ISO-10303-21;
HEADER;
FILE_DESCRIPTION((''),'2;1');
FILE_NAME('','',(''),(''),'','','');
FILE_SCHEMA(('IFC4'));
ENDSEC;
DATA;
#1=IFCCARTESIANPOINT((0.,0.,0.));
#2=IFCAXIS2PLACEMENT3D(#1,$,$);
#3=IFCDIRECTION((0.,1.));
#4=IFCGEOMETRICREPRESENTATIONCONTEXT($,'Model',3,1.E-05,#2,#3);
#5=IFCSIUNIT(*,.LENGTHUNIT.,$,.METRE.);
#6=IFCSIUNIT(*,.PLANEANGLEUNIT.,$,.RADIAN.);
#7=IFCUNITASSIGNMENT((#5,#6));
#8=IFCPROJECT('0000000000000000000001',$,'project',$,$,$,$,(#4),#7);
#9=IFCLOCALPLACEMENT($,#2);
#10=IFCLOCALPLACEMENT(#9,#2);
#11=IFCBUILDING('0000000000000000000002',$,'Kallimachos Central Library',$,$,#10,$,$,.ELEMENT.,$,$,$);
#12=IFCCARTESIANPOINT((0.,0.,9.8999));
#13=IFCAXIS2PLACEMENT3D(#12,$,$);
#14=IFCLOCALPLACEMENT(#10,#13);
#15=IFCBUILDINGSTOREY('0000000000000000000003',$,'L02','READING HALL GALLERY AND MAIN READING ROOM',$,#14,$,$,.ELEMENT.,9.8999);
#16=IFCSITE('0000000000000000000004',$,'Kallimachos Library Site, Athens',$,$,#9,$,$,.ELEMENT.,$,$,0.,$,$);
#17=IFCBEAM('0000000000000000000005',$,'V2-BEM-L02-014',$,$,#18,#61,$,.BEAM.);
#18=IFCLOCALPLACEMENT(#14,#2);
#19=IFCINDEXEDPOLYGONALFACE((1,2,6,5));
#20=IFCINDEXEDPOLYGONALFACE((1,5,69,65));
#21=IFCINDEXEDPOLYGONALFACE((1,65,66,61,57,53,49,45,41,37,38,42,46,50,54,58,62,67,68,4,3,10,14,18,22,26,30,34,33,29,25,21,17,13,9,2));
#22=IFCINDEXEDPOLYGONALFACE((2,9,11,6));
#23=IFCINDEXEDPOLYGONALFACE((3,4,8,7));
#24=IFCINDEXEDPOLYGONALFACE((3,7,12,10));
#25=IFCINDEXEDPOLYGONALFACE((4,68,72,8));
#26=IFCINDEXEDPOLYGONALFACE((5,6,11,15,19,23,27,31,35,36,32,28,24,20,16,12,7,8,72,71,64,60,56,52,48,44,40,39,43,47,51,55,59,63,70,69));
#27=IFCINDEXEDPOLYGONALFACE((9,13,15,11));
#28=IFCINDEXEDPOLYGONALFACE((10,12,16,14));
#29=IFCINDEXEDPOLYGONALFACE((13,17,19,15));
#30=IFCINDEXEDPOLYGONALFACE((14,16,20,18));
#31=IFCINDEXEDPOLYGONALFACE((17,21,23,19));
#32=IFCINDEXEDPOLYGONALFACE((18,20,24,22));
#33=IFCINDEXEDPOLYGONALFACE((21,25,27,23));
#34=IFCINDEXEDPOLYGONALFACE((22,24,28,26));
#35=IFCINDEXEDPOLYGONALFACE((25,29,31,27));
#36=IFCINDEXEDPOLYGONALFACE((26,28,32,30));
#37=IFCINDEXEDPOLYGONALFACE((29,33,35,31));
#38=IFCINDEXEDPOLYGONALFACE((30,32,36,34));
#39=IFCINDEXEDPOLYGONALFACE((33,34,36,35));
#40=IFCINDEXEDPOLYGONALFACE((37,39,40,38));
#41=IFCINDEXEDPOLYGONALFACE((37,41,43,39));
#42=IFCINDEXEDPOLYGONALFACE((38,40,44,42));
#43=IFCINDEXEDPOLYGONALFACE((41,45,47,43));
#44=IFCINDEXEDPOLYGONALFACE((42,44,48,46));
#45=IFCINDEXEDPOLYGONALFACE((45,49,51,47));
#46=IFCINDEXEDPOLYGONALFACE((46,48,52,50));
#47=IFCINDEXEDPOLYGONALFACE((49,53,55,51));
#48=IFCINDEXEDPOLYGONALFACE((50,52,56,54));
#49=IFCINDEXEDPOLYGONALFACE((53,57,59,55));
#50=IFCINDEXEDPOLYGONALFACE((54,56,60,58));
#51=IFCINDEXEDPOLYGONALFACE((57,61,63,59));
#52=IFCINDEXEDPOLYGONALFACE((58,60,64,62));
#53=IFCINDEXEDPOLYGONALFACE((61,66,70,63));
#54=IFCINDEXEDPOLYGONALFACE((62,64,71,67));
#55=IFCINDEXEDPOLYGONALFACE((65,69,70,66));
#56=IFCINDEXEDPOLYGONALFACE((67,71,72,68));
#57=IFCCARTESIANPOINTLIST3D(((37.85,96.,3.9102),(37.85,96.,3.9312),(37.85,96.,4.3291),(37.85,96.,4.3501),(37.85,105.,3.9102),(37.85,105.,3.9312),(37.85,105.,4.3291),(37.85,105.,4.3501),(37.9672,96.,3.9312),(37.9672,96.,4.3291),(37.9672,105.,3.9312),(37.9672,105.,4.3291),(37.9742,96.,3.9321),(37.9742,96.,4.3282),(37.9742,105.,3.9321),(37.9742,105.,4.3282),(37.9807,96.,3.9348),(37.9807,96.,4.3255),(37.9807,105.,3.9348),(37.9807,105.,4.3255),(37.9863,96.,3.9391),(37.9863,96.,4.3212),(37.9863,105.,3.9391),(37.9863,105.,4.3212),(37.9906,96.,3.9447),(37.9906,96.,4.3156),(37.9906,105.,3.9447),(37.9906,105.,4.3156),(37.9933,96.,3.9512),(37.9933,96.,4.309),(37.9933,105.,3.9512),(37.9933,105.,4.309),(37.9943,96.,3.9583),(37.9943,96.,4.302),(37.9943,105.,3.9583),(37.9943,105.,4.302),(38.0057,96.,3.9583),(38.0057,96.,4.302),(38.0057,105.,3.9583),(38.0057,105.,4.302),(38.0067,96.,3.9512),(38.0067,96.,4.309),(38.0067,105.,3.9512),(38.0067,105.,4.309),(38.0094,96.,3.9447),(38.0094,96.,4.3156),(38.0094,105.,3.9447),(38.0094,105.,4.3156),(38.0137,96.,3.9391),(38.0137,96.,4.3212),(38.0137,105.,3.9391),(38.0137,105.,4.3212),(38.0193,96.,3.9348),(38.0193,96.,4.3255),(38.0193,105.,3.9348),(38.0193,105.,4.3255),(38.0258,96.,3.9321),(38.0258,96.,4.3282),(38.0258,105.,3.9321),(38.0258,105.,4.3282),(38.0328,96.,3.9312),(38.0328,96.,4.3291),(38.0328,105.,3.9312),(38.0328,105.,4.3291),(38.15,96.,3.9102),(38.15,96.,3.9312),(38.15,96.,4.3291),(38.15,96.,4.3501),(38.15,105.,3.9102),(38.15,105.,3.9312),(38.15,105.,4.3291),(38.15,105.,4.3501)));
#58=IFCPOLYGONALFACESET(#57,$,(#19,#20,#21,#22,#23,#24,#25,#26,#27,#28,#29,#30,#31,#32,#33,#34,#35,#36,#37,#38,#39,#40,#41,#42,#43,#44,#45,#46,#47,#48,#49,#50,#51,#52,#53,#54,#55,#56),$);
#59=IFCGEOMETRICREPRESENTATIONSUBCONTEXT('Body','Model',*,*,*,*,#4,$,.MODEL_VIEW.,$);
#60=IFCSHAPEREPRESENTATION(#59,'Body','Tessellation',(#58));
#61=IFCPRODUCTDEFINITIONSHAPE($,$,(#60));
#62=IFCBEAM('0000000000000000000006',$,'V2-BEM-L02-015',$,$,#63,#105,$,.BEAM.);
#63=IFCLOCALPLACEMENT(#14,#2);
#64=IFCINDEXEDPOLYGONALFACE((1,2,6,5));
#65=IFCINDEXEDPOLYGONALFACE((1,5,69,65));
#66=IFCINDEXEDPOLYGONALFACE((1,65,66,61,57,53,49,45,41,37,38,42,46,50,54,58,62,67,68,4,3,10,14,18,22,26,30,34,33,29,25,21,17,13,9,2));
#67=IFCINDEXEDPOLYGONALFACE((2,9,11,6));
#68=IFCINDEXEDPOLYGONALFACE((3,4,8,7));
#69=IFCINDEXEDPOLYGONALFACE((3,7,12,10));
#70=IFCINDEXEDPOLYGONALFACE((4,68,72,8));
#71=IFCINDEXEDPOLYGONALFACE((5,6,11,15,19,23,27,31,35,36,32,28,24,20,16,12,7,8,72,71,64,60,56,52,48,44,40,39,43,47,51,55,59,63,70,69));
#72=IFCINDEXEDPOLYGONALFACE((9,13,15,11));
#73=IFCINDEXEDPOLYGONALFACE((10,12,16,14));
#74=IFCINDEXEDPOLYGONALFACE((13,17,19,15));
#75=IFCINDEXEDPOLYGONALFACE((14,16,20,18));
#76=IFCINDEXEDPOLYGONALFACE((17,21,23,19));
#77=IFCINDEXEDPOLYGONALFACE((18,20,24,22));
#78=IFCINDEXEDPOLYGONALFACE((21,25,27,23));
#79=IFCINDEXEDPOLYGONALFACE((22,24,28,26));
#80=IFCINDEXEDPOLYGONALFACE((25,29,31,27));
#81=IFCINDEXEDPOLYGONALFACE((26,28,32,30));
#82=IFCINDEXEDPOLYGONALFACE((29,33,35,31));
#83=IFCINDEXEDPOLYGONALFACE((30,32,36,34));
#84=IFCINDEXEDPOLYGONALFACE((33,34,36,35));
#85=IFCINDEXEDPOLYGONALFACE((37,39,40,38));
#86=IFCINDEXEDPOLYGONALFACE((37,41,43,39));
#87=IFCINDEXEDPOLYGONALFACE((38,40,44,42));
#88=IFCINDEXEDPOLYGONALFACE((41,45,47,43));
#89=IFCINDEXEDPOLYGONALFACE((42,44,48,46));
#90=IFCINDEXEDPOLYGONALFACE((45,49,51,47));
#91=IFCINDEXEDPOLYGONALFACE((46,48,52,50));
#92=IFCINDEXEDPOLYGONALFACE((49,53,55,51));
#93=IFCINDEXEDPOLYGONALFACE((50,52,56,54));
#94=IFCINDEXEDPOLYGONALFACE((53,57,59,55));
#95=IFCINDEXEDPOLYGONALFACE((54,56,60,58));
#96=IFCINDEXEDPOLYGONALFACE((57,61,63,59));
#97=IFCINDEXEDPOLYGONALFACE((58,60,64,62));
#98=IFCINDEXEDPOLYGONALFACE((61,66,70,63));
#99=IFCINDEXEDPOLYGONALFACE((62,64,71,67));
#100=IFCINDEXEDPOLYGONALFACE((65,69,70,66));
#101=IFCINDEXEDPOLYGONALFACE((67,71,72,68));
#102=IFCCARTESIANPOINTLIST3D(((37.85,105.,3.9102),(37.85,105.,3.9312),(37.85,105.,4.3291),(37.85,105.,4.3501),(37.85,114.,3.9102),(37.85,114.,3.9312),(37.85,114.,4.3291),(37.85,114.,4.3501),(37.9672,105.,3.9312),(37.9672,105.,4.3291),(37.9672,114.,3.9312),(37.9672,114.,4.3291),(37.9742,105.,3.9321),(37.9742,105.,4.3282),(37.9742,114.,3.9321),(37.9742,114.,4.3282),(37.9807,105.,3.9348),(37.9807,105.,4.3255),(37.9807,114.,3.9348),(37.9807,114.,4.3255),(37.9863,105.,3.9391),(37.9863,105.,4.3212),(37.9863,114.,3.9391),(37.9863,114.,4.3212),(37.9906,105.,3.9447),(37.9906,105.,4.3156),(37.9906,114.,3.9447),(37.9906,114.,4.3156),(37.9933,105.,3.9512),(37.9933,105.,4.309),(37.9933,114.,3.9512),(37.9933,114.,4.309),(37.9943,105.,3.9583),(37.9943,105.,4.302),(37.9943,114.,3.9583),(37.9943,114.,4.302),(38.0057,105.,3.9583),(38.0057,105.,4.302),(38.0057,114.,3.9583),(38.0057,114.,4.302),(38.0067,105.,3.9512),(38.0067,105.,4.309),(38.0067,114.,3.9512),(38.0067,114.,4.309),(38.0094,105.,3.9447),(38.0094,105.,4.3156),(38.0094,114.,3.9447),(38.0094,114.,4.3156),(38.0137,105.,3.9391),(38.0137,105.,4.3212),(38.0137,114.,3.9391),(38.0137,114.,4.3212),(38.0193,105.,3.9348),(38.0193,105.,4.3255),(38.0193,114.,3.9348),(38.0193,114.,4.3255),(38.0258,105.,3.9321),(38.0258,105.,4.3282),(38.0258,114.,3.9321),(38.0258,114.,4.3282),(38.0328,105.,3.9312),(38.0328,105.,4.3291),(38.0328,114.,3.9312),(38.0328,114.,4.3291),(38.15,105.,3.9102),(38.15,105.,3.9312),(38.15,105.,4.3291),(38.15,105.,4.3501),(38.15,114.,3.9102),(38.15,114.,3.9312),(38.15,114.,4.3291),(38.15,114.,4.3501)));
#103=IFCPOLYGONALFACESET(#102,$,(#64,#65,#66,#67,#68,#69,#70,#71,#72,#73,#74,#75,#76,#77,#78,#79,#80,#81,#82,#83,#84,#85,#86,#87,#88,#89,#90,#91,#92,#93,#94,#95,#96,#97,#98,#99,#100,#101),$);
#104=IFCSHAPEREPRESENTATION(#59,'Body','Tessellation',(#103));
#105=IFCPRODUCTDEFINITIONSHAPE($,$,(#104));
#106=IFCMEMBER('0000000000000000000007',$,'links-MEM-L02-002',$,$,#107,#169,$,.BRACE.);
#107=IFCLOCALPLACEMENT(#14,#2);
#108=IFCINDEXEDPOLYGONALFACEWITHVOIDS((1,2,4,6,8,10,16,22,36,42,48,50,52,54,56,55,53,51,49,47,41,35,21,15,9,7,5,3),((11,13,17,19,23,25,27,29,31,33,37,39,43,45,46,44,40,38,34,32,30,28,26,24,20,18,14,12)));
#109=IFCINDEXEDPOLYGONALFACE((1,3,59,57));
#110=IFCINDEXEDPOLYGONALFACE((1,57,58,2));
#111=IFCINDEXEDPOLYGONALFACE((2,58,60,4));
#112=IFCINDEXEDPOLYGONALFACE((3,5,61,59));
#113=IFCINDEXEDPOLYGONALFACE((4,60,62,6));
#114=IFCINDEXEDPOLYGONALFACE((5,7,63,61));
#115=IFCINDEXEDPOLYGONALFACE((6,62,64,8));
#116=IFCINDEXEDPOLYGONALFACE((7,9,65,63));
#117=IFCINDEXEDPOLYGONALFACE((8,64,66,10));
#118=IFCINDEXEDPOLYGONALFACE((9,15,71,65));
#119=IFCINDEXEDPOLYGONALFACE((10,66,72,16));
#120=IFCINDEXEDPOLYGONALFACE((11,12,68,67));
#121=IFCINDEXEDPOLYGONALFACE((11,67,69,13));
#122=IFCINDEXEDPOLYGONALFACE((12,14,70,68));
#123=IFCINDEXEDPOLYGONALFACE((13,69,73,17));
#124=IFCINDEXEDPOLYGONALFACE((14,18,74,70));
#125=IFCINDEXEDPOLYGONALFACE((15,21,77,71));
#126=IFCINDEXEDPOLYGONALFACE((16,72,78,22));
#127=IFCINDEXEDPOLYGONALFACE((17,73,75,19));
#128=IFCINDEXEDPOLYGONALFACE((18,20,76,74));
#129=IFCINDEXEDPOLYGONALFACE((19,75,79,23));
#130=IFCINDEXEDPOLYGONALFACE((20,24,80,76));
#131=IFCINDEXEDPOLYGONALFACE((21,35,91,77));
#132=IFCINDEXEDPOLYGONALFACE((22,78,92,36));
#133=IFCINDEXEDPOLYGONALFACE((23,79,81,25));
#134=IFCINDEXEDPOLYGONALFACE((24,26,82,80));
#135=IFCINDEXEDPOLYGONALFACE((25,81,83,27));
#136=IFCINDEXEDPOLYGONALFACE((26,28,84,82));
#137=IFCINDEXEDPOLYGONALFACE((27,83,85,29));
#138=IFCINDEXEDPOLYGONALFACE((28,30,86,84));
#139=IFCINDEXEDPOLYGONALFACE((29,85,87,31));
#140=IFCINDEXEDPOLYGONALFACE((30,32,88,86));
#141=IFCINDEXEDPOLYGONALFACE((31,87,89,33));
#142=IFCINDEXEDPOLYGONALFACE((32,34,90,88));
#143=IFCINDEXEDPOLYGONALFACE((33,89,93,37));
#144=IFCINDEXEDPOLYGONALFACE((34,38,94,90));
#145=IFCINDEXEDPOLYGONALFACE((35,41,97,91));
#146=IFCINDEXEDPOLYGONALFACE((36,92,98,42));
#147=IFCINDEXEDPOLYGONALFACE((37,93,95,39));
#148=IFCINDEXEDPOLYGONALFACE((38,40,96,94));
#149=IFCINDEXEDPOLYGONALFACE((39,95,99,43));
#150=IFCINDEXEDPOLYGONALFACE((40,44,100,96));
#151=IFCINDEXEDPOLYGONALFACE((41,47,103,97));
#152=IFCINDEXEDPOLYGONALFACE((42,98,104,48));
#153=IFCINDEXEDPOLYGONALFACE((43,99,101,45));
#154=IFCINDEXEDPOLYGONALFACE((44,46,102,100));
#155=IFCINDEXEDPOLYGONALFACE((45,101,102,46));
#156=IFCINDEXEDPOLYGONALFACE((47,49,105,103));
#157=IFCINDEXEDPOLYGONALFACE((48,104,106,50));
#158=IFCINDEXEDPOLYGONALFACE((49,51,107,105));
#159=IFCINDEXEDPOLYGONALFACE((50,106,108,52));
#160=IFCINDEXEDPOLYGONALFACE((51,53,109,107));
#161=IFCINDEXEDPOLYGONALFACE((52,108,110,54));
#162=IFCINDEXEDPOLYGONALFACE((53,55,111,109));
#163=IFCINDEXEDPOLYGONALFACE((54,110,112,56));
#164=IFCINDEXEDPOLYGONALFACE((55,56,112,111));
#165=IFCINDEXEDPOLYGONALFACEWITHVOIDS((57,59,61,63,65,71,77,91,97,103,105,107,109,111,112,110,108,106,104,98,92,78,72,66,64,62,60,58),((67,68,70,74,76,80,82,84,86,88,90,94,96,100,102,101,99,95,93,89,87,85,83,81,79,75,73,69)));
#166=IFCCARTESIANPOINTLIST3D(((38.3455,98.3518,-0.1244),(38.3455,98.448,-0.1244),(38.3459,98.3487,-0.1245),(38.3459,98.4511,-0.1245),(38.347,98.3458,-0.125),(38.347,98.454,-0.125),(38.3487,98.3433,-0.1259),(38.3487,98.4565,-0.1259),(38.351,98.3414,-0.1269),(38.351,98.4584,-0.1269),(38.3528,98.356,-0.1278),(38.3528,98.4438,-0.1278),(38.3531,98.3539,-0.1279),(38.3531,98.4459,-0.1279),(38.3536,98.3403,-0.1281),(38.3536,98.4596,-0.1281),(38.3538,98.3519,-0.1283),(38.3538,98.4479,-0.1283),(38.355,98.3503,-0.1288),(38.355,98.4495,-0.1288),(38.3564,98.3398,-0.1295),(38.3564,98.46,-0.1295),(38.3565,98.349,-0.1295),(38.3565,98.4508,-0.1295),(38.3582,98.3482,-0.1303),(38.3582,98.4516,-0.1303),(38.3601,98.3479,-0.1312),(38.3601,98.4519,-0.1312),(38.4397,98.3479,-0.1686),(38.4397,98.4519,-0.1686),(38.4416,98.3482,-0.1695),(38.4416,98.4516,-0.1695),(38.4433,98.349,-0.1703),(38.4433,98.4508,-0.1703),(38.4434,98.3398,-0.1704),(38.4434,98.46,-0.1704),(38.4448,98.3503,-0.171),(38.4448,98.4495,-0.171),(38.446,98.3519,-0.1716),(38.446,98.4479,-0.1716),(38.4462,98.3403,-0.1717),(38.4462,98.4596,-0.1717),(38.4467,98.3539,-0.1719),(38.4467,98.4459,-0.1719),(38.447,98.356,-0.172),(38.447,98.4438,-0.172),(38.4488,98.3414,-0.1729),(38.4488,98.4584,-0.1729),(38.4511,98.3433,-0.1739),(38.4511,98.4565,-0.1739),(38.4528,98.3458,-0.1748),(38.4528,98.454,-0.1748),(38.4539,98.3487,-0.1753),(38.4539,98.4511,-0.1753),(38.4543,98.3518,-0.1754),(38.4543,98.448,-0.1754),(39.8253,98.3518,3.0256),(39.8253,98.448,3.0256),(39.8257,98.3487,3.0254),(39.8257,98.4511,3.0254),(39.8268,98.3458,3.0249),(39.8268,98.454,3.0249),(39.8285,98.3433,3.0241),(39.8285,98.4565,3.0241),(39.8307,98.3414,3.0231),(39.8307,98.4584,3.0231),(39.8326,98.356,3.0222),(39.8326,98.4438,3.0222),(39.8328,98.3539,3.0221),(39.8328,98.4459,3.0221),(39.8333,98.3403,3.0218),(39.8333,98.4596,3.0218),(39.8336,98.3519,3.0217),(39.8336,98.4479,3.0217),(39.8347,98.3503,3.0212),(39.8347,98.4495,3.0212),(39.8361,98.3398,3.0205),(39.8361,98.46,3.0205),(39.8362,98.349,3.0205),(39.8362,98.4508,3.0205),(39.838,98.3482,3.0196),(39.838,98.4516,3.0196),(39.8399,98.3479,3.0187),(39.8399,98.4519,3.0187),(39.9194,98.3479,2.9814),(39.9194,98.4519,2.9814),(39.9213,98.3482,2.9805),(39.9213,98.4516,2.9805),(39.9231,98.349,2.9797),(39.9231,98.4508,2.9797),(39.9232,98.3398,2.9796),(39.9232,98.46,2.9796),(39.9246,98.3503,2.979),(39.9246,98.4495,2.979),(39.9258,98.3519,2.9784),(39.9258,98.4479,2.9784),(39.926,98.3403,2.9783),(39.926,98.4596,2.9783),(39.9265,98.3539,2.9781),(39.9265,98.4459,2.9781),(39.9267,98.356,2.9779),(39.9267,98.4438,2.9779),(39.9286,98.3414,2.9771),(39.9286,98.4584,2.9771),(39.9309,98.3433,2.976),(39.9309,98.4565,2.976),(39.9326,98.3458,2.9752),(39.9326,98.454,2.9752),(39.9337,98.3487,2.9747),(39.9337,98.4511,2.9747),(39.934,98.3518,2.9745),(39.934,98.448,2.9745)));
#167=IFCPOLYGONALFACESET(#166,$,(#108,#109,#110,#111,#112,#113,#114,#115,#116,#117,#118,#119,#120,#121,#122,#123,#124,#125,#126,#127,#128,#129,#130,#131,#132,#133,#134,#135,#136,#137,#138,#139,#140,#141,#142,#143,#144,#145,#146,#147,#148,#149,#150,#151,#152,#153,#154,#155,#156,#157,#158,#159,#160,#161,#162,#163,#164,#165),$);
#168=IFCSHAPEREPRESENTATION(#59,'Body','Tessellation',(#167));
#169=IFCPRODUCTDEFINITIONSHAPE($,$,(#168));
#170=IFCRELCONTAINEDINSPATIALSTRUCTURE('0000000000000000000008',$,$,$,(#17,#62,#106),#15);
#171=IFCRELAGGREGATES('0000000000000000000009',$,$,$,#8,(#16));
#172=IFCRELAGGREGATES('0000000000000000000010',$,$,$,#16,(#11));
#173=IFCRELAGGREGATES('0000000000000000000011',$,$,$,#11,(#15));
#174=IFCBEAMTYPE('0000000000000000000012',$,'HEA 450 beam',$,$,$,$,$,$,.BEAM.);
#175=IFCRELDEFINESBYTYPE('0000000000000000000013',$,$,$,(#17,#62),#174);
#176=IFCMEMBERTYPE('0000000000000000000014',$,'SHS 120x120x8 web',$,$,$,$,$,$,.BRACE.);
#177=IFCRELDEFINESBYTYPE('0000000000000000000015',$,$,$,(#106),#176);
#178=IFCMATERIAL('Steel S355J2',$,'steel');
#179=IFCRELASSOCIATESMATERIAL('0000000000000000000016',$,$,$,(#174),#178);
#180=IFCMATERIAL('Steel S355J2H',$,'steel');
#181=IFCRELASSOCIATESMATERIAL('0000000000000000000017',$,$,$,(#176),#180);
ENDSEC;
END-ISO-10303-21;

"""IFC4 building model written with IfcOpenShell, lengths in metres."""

from ifc_helpers import new_model, si_unit, direction, frame, origin, origin_2d, place, context, subcontext, project, spatial, hollow_rectangle, i_section, extrude, material, material_profile, profile_set, type_object, element, save


model = new_model("IFC4")

# Units and contexts
model_context = context("Model", 3, precision=1e-05, world=origin(), true_north=direction((0.0, 1.0)))
body_context = subcontext(model_context, "Body", "Model", "MODEL_VIEW")
ifc_project = project(units=[si_unit("LENGTHUNIT", "METRE"), si_unit("PLANEANGLEUNIT", "RADIAN")], contexts=[model_context])

# Site, building, storey
site_placement = place(None, origin())
site = spatial("IfcSite", under=ifc_project, at=site_placement, Name="Kallimachos Library Site, Athens", CompositionType="ELEMENT", RefElevation=0.0)
building_placement = place(site_placement, origin())
building = spatial("IfcBuilding", under=site, at=building_placement, Name="Kallimachos Central Library", CompositionType="ELEMENT")
storey_placement = place(building_placement, frame((0.0, 0.0, 9.8999)))
storey = spatial("IfcBuildingStorey", under=building, at=storey_placement, Name="L02", Description="READING HALL GALLERY AND MAIN READING ROOM", CompositionType="ELEMENT", Elevation=9.8999)

# Beams
ifc_material_1 = material(Name="Steel S355J2", Category="steel")
ifc_material_profile_1 = material_profile(ifc_material_1, i_section(OverallWidth=0.3, OverallDepth=0.4399, WebThickness=0.0115, FlangeThickness=0.021, FilletRadius=0.0271, at=origin_2d()), Name="HEA 450")
ifc_profile_set_1 = profile_set([ifc_material_profile_1], Name="Steel S355J2")
beam_type = type_object("IfcBeamType", Name="HEA 450 beam", PredefinedType="BEAM", material=ifc_profile_set_1)
for number, where, z_axis, x_axis, name in (
    (1, (38.0, 96.0, 4.1301), (0.0, 1.0, 0.0), (-1.0, 0.0, 0.0), "V2-BEM-L02-014"),
    (2, (38.0, 105.0, 4.1301), (0.0, 1.0, 0.0), (-1.0, 0.0, 0.0), "V2-BEM-L02-015"),
):
    element("IfcBeam", number, at=place(storey_placement, frame(where, z_axis=z_axis, x_axis=x_axis)), inside=storey, type_object=beam_type, Name=name, PredefinedType="BEAM", context=body_context, shape_type="SweptSolid", body=[
        extrude(i_section(OverallWidth=0.3, OverallDepth=0.4399, WebThickness=0.0115, FlangeThickness=0.021, FilletRadius=0.0271, at=origin_2d()), origin(), (0.0, 0.0, 1.0), 9.0),
    ])

# Member
ifc_material_2 = material(Name="Steel S355J2H", Category="steel")
ifc_material_profile_2 = material_profile(ifc_material_2, hollow_rectangle(XDim=0.1201, YDim=0.1201, WallThickness=0.0081, InnerFilletRadius=0.0081, OuterFilletRadius=0.012, at=origin_2d()), Name="SHS 120x120x8")
ifc_profile_set_2 = profile_set([ifc_material_profile_2], Name="Steel S355J2H")
member_type_1 = type_object("IfcMemberType", Name="SHS 120x120x8 web", PredefinedType="BRACE", material=ifc_profile_set_2)
for number, where, z_axis, x_axis, name in (
    (3, (38.3999, 98.3999, -0.1499), (0.425192, 0.0, 0.905103), (0.0, 1.0, 0.0), "links-MEM-L02-002"),
):
    element("IfcMember", number, at=place(storey_placement, frame(where, z_axis=z_axis, x_axis=x_axis)), inside=storey, type_object=member_type_1, Name=name, PredefinedType="BRACE", context=body_context, shape_type="SweptSolid", body=[
        extrude(hollow_rectangle(XDim=0.1201, YDim=0.1201, WallThickness=0.0081, InnerFilletRadius=0.0081, OuterFilletRadius=0.012, at=origin_2d()), origin(), (0.0, 0.0, 1.0), 3.4802),
    ])

save(model, "model.ifc")
